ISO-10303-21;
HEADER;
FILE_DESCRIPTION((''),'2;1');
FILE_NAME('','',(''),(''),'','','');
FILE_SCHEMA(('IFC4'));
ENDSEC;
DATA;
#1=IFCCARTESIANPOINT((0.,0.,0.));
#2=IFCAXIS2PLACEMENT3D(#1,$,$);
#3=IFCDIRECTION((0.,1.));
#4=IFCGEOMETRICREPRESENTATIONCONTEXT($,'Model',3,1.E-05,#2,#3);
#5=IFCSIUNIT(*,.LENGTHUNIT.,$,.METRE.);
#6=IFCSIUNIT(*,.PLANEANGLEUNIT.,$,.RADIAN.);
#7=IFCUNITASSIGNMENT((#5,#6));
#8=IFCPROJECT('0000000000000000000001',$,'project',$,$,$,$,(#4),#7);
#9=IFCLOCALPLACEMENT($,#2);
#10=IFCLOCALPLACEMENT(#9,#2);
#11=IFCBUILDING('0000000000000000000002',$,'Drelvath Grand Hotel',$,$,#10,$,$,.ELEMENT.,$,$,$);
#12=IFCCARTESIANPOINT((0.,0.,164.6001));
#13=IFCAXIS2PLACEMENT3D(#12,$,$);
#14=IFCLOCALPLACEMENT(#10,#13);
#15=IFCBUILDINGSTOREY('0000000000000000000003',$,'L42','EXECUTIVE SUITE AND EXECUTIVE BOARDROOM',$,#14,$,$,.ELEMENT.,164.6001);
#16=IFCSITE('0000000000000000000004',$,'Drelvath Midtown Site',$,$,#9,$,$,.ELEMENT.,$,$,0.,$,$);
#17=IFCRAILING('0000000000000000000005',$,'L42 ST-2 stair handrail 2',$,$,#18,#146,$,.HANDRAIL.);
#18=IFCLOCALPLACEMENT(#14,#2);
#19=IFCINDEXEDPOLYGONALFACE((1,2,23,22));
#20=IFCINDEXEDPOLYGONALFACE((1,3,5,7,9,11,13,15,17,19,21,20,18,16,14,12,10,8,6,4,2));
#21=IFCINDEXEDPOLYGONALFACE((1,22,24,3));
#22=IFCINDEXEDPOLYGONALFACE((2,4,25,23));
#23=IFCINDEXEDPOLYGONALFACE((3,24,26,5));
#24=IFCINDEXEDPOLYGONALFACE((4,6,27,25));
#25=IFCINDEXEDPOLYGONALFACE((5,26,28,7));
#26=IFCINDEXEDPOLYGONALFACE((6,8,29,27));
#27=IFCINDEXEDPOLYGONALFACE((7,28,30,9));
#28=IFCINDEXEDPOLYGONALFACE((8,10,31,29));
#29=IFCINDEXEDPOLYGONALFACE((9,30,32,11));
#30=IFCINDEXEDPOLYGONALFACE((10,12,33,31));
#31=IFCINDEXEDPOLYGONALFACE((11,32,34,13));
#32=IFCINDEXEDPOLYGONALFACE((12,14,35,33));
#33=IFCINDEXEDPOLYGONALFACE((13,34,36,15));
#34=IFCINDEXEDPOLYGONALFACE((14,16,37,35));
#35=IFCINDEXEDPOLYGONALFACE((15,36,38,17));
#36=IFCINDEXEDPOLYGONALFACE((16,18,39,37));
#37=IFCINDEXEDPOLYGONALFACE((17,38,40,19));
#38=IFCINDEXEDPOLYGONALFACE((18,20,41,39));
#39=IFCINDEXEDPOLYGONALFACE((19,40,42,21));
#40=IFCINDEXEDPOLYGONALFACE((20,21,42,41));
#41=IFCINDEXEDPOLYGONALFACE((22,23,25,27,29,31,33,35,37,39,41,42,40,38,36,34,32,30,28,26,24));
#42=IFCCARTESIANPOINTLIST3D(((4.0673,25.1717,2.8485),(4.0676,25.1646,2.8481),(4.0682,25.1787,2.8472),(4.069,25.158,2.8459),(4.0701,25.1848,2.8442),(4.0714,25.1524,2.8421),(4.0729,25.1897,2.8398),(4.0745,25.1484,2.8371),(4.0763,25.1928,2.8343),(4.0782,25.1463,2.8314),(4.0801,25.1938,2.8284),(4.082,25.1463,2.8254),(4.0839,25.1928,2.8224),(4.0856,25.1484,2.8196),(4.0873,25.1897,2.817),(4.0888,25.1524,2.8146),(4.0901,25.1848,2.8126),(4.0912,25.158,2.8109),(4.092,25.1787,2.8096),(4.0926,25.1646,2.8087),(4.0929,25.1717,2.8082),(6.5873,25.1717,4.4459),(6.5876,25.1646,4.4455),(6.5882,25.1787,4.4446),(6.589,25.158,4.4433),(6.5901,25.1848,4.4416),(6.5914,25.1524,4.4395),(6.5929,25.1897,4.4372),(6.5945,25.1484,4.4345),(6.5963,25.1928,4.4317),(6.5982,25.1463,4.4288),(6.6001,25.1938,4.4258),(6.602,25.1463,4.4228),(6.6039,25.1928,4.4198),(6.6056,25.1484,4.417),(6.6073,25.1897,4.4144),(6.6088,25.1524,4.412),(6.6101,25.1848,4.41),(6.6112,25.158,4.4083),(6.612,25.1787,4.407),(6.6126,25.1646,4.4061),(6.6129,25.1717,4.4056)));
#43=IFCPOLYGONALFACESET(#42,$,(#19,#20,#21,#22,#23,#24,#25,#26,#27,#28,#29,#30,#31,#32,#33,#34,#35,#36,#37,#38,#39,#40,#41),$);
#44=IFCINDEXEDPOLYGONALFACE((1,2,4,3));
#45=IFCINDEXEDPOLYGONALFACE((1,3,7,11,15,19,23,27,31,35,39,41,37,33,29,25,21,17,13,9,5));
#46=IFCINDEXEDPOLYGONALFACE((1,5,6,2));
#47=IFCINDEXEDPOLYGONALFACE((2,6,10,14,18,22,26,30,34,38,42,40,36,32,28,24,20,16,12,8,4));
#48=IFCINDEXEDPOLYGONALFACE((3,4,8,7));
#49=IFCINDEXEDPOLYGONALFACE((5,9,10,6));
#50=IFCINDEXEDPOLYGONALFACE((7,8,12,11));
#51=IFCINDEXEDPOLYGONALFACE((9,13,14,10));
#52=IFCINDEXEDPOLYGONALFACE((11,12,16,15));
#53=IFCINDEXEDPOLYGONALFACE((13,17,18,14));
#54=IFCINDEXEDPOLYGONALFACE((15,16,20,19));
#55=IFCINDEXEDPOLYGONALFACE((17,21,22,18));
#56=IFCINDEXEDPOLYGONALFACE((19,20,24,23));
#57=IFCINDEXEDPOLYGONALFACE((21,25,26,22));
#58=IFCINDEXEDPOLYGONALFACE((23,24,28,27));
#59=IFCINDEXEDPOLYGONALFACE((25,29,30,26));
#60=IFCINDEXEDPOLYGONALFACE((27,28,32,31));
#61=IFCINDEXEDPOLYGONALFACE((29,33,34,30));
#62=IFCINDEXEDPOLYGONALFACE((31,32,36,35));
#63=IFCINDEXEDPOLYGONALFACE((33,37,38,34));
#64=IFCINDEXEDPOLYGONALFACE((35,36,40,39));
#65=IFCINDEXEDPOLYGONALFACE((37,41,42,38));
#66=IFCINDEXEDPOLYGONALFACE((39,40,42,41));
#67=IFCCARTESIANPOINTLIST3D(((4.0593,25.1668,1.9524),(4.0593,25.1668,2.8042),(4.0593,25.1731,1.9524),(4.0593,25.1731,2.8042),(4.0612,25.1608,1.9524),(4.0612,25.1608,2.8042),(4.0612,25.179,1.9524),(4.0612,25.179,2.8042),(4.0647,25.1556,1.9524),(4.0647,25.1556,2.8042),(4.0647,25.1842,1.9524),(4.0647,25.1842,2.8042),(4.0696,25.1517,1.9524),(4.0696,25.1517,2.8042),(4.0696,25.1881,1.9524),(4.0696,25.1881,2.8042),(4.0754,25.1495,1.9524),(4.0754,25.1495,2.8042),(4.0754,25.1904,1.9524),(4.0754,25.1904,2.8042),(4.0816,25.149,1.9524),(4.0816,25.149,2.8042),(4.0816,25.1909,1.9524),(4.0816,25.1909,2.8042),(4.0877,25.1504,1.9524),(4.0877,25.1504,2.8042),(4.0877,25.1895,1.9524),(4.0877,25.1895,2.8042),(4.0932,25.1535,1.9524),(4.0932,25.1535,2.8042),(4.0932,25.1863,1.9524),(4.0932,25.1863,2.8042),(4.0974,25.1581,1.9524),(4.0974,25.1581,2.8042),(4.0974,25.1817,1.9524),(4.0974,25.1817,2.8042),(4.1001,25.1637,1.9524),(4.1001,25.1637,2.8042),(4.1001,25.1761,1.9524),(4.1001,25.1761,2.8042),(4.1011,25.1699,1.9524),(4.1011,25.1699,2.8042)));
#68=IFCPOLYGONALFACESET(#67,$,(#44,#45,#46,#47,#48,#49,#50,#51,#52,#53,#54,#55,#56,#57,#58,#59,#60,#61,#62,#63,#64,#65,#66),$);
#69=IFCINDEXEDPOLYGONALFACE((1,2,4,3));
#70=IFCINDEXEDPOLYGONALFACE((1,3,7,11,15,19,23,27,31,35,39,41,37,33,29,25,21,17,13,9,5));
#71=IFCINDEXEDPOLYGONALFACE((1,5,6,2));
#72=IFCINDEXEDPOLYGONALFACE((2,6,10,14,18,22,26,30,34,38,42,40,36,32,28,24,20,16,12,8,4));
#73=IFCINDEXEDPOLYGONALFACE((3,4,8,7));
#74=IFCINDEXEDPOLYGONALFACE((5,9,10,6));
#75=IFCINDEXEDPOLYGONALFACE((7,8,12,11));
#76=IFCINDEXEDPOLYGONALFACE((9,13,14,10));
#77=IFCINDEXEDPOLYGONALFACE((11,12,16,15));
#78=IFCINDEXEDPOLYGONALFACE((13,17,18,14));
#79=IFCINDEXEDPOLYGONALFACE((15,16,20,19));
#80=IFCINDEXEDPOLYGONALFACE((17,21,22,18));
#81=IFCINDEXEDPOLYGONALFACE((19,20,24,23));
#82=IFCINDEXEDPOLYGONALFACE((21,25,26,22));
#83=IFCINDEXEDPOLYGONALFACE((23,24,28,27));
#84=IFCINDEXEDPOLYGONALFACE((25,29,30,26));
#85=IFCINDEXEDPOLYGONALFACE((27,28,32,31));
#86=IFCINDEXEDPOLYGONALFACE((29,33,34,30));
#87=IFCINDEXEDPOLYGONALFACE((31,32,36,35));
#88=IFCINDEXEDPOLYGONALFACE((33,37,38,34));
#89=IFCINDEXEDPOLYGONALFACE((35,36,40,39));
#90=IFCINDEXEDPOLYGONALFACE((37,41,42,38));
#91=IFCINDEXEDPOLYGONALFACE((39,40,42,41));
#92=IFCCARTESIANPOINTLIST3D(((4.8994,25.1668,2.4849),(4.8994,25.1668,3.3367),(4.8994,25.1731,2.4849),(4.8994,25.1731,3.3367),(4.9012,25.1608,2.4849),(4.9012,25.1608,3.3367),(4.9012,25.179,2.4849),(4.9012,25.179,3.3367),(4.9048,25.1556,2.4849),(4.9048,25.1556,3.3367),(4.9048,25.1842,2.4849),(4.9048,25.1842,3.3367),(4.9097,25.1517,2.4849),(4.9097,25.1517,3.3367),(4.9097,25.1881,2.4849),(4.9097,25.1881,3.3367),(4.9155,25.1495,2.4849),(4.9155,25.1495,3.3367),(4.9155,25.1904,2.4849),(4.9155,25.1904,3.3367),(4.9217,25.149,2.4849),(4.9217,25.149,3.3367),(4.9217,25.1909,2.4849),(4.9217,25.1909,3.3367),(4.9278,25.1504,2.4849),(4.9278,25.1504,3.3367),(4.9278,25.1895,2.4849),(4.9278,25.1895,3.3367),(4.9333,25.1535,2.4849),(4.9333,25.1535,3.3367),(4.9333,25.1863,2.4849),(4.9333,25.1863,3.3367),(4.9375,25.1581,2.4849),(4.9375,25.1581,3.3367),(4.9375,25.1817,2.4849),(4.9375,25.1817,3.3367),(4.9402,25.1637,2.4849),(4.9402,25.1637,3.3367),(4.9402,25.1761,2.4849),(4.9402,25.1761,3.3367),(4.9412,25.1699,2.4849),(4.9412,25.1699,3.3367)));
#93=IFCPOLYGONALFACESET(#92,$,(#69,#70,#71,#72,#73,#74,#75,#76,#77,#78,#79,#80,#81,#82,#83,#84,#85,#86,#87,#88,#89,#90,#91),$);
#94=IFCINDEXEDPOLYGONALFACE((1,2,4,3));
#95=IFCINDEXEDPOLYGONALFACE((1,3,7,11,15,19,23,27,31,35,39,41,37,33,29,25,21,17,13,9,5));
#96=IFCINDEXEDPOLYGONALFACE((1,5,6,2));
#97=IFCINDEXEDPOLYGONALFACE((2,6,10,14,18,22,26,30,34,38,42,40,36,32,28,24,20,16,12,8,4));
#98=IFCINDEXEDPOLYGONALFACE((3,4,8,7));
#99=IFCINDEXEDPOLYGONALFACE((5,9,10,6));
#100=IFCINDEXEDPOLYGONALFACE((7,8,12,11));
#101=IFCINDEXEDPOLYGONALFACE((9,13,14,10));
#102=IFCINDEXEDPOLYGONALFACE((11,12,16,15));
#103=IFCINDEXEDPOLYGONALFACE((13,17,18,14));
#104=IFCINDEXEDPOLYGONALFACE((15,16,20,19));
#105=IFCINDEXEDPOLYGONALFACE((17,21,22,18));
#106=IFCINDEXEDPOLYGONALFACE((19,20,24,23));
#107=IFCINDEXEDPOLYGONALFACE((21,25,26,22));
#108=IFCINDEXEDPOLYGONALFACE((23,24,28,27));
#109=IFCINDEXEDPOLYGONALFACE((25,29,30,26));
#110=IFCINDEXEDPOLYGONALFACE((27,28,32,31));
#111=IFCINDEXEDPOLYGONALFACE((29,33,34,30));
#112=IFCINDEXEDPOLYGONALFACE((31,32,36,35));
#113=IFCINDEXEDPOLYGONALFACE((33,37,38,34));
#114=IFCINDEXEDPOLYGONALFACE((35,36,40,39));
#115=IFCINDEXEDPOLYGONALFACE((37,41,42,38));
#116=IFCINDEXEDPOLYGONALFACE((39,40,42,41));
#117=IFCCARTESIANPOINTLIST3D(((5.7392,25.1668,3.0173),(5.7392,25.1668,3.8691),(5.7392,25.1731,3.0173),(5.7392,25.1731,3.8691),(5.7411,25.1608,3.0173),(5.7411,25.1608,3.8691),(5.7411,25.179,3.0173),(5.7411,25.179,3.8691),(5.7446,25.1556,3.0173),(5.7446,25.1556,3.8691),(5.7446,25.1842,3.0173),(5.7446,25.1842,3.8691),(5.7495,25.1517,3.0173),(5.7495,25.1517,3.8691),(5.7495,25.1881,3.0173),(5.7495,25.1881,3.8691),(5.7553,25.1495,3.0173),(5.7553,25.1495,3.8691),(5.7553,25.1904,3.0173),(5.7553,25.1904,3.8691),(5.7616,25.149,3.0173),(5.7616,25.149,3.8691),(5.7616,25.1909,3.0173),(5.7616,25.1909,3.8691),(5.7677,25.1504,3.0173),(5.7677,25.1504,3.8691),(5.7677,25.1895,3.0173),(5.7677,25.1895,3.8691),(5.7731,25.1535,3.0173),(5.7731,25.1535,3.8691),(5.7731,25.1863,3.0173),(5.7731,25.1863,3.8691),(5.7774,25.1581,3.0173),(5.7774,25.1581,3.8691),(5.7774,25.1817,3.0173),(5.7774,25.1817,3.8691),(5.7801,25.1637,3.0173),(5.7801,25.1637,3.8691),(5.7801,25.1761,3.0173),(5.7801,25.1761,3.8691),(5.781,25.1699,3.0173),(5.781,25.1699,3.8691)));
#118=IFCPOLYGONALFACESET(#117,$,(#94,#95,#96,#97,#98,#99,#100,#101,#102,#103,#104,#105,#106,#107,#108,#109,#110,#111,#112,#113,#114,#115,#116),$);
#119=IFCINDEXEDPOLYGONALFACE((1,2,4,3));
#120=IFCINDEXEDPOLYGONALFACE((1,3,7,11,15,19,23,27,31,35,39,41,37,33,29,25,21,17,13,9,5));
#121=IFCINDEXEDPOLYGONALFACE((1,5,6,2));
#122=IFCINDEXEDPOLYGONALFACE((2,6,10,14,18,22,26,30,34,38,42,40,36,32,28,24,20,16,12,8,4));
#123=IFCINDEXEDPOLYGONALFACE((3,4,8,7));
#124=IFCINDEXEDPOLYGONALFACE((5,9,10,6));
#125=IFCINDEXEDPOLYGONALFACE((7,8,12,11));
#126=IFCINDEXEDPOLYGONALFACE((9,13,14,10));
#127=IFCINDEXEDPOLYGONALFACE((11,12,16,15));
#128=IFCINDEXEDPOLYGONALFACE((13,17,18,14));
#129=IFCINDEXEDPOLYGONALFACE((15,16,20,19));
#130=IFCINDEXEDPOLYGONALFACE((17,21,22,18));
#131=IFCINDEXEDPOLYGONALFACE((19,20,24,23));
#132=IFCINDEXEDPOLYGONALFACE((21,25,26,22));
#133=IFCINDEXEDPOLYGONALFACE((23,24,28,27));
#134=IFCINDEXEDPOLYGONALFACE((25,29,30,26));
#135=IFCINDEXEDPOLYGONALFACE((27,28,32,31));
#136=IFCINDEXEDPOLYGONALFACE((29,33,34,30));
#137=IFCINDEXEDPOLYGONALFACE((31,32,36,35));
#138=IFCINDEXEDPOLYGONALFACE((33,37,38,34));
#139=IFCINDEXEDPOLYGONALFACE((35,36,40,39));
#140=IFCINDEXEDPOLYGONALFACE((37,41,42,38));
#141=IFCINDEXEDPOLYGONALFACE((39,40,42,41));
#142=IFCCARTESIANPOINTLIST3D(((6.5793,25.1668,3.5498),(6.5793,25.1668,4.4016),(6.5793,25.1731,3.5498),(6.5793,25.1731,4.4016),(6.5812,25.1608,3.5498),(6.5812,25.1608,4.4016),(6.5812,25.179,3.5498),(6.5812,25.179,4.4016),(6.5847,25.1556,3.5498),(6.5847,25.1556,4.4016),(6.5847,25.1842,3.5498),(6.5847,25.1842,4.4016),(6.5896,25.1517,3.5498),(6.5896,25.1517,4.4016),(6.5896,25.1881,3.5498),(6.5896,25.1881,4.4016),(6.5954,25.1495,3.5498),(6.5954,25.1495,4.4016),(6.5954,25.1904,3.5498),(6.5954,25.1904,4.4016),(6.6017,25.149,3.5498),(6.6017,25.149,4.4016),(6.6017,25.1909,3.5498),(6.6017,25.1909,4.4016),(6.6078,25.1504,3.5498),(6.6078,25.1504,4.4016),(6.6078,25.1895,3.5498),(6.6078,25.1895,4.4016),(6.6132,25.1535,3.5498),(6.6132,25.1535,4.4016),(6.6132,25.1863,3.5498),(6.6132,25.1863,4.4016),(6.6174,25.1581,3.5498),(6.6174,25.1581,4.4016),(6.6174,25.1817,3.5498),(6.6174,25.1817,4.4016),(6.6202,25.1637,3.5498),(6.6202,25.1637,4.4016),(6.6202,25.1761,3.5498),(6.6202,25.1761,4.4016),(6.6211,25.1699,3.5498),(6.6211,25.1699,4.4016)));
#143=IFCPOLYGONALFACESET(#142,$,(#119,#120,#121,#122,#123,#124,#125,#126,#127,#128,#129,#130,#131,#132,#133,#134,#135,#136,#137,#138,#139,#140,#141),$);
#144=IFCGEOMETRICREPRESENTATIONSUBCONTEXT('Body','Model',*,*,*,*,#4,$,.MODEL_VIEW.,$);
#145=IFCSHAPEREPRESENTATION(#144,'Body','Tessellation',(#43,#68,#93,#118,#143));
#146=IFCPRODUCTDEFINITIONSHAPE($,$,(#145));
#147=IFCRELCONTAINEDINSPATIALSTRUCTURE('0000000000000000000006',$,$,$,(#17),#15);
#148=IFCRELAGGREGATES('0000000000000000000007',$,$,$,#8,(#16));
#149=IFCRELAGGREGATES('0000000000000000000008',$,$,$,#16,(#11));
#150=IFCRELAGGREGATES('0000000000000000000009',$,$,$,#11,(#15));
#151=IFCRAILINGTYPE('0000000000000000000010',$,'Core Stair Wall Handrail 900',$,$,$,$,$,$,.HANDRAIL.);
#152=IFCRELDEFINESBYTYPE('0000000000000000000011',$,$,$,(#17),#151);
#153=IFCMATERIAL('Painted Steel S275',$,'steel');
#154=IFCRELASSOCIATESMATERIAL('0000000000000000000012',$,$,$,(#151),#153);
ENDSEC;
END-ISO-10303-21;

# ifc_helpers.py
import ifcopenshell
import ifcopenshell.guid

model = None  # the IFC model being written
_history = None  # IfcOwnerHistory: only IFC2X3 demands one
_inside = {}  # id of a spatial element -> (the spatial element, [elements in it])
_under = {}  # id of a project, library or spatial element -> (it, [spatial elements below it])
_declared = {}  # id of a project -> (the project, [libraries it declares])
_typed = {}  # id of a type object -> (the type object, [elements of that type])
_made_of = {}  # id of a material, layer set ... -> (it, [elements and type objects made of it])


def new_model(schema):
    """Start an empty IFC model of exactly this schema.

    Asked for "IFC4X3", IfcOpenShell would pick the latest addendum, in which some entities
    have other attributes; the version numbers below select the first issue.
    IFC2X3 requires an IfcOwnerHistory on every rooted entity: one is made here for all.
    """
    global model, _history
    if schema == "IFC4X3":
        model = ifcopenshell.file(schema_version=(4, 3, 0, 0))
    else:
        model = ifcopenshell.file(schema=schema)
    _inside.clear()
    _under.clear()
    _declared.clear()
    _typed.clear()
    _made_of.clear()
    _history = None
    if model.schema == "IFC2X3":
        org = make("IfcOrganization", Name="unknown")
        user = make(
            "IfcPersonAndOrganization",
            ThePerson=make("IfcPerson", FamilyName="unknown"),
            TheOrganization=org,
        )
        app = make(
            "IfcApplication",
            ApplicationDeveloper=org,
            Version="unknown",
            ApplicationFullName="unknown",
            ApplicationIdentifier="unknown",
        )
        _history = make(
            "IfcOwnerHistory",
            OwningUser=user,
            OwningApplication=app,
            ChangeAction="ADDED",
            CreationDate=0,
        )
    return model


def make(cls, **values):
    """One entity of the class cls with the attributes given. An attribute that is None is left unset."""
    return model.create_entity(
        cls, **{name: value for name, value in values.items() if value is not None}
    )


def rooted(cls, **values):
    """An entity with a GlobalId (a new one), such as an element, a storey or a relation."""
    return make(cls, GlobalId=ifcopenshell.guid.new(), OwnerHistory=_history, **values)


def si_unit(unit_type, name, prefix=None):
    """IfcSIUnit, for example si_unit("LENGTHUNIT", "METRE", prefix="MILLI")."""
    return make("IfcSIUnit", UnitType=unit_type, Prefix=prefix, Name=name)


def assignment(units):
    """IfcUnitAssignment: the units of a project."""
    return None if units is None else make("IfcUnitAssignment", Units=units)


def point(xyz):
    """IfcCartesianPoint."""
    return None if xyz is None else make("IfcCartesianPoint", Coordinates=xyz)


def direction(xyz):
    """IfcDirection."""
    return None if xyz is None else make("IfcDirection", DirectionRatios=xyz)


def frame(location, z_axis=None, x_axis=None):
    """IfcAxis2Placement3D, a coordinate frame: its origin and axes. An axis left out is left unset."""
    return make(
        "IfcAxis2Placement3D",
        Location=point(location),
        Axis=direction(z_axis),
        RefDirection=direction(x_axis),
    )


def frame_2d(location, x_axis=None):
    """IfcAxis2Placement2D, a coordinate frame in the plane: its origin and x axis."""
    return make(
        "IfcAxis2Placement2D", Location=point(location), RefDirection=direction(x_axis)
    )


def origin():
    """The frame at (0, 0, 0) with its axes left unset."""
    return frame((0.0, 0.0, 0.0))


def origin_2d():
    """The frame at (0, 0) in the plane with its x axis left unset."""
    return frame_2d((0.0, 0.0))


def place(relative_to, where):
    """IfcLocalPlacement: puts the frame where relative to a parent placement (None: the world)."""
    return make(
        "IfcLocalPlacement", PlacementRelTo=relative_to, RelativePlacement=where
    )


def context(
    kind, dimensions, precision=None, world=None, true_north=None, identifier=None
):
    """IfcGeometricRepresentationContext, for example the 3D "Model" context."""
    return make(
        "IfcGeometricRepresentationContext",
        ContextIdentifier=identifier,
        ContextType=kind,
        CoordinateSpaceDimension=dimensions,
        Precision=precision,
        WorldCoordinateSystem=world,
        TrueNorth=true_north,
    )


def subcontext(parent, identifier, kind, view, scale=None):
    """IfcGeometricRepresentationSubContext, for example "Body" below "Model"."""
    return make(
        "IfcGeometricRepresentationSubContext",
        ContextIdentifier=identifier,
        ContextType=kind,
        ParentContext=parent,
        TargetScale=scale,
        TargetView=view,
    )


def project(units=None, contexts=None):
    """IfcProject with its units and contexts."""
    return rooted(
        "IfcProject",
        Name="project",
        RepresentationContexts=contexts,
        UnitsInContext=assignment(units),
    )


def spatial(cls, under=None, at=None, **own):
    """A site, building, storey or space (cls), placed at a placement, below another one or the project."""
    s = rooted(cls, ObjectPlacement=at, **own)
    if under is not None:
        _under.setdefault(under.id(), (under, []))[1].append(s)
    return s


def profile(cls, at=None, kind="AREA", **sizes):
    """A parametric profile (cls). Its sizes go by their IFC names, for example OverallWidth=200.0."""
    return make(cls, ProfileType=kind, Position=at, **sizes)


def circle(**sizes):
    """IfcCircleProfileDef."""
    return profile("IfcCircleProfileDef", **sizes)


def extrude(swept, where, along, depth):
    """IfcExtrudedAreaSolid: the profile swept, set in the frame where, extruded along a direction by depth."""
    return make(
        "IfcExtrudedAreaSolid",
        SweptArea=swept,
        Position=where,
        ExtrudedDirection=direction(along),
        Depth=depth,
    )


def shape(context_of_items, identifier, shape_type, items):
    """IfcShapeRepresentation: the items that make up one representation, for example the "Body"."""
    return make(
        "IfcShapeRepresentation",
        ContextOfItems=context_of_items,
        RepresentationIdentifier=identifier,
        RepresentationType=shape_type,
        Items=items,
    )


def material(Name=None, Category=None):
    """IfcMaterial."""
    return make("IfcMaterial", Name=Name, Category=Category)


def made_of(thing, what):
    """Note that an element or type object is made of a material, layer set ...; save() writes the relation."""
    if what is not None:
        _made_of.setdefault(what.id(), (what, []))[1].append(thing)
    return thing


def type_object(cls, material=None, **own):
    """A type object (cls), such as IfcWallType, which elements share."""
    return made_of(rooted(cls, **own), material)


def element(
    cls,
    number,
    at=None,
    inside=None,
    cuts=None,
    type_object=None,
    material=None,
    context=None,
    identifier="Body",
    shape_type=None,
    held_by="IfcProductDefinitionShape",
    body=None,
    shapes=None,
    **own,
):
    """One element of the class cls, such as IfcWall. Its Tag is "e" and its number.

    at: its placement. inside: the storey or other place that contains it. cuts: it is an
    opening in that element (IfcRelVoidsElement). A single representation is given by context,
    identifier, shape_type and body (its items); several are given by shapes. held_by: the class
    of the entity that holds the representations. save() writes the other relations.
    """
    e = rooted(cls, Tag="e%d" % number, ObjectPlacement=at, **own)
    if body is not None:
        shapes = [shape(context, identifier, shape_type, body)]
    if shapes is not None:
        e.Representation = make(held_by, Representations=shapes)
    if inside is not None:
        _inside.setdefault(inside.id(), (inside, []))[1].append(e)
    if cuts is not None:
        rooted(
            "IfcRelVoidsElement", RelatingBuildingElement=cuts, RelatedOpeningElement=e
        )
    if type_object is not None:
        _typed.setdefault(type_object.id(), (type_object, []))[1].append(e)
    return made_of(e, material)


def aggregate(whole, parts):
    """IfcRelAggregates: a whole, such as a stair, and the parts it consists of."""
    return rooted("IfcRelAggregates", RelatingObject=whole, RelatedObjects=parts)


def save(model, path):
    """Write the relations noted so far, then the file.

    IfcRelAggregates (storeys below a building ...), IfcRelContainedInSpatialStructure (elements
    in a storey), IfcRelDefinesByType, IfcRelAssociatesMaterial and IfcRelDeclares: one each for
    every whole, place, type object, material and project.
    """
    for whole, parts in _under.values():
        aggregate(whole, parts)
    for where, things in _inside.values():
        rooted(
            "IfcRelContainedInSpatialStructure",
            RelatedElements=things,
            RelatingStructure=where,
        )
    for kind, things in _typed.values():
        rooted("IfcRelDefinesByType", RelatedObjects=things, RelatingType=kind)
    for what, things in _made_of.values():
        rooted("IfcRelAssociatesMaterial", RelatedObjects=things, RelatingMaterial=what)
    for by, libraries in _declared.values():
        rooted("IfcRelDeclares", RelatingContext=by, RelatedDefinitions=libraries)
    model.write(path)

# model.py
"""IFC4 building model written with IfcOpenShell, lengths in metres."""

from ifc_helpers import new_model, si_unit, direction, frame, origin, origin_2d, place, context, subcontext, project, spatial, circle, extrude, material, type_object, element, save


model = new_model("IFC4")

# Units and contexts
model_context = context("Model", 3, precision=1e-05, world=origin(), true_north=direction((0.0, 1.0)))
body_context = subcontext(model_context, "Body", "Model", "MODEL_VIEW")
ifc_project = project(units=[si_unit("LENGTHUNIT", "METRE"), si_unit("PLANEANGLEUNIT", "RADIAN")], contexts=[model_context])

# Site, building, storey
site_placement = place(None, origin())
site = spatial("IfcSite", under=ifc_project, at=site_placement, Name="Drelvath Midtown Site", CompositionType="ELEMENT", RefElevation=0.0)
building_placement = place(site_placement, origin())
building = spatial("IfcBuilding", under=site, at=building_placement, Name="Drelvath Grand Hotel", CompositionType="ELEMENT")
storey_placement = place(building_placement, frame((0.0, 0.0, 164.6001)))
storey = spatial("IfcBuildingStorey", under=building, at=storey_placement, Name="L42", Description="EXECUTIVE SUITE AND EXECUTIVE BOARDROOM", CompositionType="ELEMENT", Elevation=164.6001)

# Railing
ifc_material_1 = material(Name="Painted Steel S275", Category="steel")
railing_type_1 = type_object("IfcRailingType", Name="Core Stair Wall Handrail 900", PredefinedType="HANDRAIL", material=ifc_material_1)
railing_1_placement = place(storey_placement, frame((4.0801, 25.1699, 1.9524)))
element("IfcRailing", 1, at=railing_1_placement, inside=storey, type_object=railing_type_1, Name="L42 ST-2 stair handrail 2", PredefinedType="HANDRAIL", context=body_context, shape_type="SweptSolid", body=[
    extrude(circle(Radius=0.0239, at=origin_2d()), frame((0.0, 0.0, 0.876), z_axis=(0.844607, 0.0, 0.535387), x_axis=(0.0, 1.0, 0.0)), (0.0, 0.0, 1.0), 2.9836),
    extrude(circle(Radius=0.021, at=origin_2d()), origin(), (0.0, 0.0, 1.0), 0.8518),
    extrude(circle(Radius=0.021, at=origin_2d()), frame((0.8401, 0.0, 0.5325)), (0.0, 0.0, 1.0), 0.8518),
    extrude(circle(Radius=0.021, at=origin_2d()), frame((1.6799, 0.0, 1.0649)), (0.0, 0.0, 1.0), 0.8518),
    extrude(circle(Radius=0.021, at=origin_2d()), frame((2.52, 0.0, 1.5974)), (0.0, 0.0, 1.0), 0.8518),
])

save(model, "model.ifc")
